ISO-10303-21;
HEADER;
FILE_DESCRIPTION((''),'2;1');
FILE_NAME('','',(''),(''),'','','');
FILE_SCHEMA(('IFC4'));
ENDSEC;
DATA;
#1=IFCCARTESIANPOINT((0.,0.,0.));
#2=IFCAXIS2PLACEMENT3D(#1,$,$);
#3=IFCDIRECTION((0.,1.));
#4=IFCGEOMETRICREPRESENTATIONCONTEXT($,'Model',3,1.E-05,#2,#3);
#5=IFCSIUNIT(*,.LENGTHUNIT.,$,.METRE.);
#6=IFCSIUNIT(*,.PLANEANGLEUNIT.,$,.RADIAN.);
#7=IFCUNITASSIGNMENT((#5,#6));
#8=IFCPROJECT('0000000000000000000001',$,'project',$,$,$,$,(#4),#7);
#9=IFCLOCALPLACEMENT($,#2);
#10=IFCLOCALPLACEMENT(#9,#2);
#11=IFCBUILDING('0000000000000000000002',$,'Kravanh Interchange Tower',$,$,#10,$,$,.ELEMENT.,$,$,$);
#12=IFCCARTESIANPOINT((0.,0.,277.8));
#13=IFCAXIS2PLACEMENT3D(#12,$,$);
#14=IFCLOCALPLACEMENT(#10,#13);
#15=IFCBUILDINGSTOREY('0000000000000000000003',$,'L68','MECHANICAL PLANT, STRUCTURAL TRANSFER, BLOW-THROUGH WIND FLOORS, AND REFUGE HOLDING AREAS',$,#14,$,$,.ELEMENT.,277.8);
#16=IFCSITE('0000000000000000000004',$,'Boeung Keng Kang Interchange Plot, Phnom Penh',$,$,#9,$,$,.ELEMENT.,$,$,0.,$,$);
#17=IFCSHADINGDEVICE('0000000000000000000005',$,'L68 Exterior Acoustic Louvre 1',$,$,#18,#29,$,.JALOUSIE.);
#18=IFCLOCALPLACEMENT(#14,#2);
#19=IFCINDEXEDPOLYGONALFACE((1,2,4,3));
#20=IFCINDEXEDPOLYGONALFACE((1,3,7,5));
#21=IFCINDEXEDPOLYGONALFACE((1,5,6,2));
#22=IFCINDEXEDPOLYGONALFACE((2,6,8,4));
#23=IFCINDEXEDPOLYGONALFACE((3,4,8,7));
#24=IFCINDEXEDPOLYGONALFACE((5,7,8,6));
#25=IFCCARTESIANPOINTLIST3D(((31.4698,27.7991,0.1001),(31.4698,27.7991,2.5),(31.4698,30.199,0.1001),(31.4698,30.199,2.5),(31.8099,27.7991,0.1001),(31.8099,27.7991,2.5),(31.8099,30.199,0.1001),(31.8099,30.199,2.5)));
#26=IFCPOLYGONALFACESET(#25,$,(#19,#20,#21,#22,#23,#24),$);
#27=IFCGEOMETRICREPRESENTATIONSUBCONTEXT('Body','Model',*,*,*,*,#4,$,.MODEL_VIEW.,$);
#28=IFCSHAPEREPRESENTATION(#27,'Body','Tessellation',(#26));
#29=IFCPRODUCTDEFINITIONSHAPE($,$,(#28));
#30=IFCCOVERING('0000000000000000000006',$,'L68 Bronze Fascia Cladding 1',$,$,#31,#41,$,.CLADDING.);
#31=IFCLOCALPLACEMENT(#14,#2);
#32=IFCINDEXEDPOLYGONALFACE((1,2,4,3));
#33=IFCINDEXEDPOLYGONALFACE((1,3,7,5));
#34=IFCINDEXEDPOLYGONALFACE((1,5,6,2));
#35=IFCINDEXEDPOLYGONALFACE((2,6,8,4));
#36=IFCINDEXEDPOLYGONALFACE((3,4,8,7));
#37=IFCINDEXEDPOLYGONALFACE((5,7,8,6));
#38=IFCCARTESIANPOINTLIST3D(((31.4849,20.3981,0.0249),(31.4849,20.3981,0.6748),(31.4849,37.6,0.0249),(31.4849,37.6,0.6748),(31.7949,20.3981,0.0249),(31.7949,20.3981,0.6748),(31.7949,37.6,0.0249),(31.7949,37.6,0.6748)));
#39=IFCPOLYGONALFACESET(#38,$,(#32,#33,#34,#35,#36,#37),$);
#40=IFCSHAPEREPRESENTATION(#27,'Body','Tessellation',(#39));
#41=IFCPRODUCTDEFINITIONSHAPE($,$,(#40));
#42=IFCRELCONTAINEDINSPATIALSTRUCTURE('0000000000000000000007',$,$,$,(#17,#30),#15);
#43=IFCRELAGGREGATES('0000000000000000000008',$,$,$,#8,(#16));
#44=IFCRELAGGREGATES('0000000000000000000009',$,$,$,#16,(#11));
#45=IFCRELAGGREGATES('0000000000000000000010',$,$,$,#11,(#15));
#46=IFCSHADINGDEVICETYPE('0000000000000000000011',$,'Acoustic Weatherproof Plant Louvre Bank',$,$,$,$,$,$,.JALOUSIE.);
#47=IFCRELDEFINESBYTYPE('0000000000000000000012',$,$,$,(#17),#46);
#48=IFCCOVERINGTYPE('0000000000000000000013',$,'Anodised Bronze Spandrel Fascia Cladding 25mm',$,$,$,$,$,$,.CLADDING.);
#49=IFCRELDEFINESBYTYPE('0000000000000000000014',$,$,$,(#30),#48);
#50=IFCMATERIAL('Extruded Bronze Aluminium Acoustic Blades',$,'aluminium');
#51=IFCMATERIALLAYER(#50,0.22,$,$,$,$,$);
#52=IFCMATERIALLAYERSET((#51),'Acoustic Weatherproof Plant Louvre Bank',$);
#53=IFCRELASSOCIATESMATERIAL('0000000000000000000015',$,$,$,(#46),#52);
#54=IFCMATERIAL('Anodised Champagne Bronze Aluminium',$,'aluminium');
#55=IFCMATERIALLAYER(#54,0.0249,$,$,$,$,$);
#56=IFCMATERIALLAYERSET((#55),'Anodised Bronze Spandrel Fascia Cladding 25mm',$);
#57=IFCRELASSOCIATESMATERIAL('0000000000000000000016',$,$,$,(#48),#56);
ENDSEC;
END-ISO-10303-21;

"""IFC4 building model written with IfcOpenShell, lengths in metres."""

from ifc_helpers import new_model, si_unit, direction, frame, origin, origin_2d, place, context, subcontext, project, spatial, rectangle, extrude, material, layer, layer_set, type_object, element, save


model = new_model("IFC4")

# Units and contexts
model_context = context("Model", 3, precision=1e-05, world=origin(), true_north=direction((0.0, 1.0)))
body_context = subcontext(model_context, "Body", "Model", "MODEL_VIEW")
ifc_project = project(units=[si_unit("LENGTHUNIT", "METRE"), si_unit("PLANEANGLEUNIT", "RADIAN")], contexts=[model_context])

# Site, building, storey
site_placement = place(None, origin())
site = spatial("IfcSite", under=ifc_project, at=site_placement, Name="Boeung Keng Kang Interchange Plot, Phnom Penh", CompositionType="ELEMENT", RefElevation=0.0)
building_placement = place(site_placement, origin())
building = spatial("IfcBuilding", under=site, at=building_placement, Name="Kravanh Interchange Tower", CompositionType="ELEMENT")
storey_placement = place(building_placement, frame((0.0, 0.0, 277.8)))
storey = spatial("IfcBuildingStorey", under=building, at=storey_placement, Name="L68", Description="MECHANICAL PLANT, STRUCTURAL TRANSFER, BLOW-THROUGH WIND FLOORS, AND REFUGE HOLDING AREAS", CompositionType="ELEMENT", Elevation=277.8)

# Shading device
ifc_material_1 = material(Name="Extruded Bronze Aluminium Acoustic Blades", Category="aluminium")
ifc_layer_1 = layer(ifc_material_1, 0.22)
ifc_layer_set_1 = layer_set([ifc_layer_1], Name="Acoustic Weatherproof Plant Louvre Bank")
shading_device_type = type_object("IfcShadingDeviceType", Name="Acoustic Weatherproof Plant Louvre Bank", PredefinedType="JALOUSIE", material=ifc_layer_set_1)
shading_device_placement = place(storey_placement, frame((31.6399, 28.999, 0.1001), z_axis=(0.0, 0.0, 1.0), x_axis=(0.0, 1.0, 0.0)))
element("IfcShadingDevice", 1, at=shading_device_placement, inside=storey, type_object=shading_device_type, Name="L68 Exterior Acoustic Louvre 1", PredefinedType="JALOUSIE", context=body_context, shape_type="SweptSolid", body=[
    extrude(rectangle(XDim=2.3999, YDim=0.3401, at=origin_2d()), origin(), (0.0, 0.0, 1.0), 2.3999),
])

# Covering
ifc_material_2 = material(Name="Anodised Champagne Bronze Aluminium", Category="aluminium")
ifc_layer_2 = layer(ifc_material_2, 0.0249)
ifc_layer_set_2 = layer_set([ifc_layer_2], Name="Anodised Bronze Spandrel Fascia Cladding 25mm")
covering_type = type_object("IfcCoveringType", Name="Anodised Bronze Spandrel Fascia Cladding 25mm", PredefinedType="CLADDING", material=ifc_layer_set_2)
covering_placement = place(storey_placement, frame((31.6399, 28.999, 0.0249), z_axis=(0.0, 0.0, 1.0), x_axis=(0.0, 1.0, 0.0)))
element("IfcCovering", 2, at=covering_placement, inside=storey, type_object=covering_type, Name="L68 Bronze Fascia Cladding 1", PredefinedType="CLADDING", context=body_context, shape_type="SweptSolid", body=[
    extrude(rectangle(XDim=17.2019, YDim=0.3101, at=origin_2d()), origin(), (0.0, 0.0, 1.0), 0.6499),
])

save(model, "model.ifc")
